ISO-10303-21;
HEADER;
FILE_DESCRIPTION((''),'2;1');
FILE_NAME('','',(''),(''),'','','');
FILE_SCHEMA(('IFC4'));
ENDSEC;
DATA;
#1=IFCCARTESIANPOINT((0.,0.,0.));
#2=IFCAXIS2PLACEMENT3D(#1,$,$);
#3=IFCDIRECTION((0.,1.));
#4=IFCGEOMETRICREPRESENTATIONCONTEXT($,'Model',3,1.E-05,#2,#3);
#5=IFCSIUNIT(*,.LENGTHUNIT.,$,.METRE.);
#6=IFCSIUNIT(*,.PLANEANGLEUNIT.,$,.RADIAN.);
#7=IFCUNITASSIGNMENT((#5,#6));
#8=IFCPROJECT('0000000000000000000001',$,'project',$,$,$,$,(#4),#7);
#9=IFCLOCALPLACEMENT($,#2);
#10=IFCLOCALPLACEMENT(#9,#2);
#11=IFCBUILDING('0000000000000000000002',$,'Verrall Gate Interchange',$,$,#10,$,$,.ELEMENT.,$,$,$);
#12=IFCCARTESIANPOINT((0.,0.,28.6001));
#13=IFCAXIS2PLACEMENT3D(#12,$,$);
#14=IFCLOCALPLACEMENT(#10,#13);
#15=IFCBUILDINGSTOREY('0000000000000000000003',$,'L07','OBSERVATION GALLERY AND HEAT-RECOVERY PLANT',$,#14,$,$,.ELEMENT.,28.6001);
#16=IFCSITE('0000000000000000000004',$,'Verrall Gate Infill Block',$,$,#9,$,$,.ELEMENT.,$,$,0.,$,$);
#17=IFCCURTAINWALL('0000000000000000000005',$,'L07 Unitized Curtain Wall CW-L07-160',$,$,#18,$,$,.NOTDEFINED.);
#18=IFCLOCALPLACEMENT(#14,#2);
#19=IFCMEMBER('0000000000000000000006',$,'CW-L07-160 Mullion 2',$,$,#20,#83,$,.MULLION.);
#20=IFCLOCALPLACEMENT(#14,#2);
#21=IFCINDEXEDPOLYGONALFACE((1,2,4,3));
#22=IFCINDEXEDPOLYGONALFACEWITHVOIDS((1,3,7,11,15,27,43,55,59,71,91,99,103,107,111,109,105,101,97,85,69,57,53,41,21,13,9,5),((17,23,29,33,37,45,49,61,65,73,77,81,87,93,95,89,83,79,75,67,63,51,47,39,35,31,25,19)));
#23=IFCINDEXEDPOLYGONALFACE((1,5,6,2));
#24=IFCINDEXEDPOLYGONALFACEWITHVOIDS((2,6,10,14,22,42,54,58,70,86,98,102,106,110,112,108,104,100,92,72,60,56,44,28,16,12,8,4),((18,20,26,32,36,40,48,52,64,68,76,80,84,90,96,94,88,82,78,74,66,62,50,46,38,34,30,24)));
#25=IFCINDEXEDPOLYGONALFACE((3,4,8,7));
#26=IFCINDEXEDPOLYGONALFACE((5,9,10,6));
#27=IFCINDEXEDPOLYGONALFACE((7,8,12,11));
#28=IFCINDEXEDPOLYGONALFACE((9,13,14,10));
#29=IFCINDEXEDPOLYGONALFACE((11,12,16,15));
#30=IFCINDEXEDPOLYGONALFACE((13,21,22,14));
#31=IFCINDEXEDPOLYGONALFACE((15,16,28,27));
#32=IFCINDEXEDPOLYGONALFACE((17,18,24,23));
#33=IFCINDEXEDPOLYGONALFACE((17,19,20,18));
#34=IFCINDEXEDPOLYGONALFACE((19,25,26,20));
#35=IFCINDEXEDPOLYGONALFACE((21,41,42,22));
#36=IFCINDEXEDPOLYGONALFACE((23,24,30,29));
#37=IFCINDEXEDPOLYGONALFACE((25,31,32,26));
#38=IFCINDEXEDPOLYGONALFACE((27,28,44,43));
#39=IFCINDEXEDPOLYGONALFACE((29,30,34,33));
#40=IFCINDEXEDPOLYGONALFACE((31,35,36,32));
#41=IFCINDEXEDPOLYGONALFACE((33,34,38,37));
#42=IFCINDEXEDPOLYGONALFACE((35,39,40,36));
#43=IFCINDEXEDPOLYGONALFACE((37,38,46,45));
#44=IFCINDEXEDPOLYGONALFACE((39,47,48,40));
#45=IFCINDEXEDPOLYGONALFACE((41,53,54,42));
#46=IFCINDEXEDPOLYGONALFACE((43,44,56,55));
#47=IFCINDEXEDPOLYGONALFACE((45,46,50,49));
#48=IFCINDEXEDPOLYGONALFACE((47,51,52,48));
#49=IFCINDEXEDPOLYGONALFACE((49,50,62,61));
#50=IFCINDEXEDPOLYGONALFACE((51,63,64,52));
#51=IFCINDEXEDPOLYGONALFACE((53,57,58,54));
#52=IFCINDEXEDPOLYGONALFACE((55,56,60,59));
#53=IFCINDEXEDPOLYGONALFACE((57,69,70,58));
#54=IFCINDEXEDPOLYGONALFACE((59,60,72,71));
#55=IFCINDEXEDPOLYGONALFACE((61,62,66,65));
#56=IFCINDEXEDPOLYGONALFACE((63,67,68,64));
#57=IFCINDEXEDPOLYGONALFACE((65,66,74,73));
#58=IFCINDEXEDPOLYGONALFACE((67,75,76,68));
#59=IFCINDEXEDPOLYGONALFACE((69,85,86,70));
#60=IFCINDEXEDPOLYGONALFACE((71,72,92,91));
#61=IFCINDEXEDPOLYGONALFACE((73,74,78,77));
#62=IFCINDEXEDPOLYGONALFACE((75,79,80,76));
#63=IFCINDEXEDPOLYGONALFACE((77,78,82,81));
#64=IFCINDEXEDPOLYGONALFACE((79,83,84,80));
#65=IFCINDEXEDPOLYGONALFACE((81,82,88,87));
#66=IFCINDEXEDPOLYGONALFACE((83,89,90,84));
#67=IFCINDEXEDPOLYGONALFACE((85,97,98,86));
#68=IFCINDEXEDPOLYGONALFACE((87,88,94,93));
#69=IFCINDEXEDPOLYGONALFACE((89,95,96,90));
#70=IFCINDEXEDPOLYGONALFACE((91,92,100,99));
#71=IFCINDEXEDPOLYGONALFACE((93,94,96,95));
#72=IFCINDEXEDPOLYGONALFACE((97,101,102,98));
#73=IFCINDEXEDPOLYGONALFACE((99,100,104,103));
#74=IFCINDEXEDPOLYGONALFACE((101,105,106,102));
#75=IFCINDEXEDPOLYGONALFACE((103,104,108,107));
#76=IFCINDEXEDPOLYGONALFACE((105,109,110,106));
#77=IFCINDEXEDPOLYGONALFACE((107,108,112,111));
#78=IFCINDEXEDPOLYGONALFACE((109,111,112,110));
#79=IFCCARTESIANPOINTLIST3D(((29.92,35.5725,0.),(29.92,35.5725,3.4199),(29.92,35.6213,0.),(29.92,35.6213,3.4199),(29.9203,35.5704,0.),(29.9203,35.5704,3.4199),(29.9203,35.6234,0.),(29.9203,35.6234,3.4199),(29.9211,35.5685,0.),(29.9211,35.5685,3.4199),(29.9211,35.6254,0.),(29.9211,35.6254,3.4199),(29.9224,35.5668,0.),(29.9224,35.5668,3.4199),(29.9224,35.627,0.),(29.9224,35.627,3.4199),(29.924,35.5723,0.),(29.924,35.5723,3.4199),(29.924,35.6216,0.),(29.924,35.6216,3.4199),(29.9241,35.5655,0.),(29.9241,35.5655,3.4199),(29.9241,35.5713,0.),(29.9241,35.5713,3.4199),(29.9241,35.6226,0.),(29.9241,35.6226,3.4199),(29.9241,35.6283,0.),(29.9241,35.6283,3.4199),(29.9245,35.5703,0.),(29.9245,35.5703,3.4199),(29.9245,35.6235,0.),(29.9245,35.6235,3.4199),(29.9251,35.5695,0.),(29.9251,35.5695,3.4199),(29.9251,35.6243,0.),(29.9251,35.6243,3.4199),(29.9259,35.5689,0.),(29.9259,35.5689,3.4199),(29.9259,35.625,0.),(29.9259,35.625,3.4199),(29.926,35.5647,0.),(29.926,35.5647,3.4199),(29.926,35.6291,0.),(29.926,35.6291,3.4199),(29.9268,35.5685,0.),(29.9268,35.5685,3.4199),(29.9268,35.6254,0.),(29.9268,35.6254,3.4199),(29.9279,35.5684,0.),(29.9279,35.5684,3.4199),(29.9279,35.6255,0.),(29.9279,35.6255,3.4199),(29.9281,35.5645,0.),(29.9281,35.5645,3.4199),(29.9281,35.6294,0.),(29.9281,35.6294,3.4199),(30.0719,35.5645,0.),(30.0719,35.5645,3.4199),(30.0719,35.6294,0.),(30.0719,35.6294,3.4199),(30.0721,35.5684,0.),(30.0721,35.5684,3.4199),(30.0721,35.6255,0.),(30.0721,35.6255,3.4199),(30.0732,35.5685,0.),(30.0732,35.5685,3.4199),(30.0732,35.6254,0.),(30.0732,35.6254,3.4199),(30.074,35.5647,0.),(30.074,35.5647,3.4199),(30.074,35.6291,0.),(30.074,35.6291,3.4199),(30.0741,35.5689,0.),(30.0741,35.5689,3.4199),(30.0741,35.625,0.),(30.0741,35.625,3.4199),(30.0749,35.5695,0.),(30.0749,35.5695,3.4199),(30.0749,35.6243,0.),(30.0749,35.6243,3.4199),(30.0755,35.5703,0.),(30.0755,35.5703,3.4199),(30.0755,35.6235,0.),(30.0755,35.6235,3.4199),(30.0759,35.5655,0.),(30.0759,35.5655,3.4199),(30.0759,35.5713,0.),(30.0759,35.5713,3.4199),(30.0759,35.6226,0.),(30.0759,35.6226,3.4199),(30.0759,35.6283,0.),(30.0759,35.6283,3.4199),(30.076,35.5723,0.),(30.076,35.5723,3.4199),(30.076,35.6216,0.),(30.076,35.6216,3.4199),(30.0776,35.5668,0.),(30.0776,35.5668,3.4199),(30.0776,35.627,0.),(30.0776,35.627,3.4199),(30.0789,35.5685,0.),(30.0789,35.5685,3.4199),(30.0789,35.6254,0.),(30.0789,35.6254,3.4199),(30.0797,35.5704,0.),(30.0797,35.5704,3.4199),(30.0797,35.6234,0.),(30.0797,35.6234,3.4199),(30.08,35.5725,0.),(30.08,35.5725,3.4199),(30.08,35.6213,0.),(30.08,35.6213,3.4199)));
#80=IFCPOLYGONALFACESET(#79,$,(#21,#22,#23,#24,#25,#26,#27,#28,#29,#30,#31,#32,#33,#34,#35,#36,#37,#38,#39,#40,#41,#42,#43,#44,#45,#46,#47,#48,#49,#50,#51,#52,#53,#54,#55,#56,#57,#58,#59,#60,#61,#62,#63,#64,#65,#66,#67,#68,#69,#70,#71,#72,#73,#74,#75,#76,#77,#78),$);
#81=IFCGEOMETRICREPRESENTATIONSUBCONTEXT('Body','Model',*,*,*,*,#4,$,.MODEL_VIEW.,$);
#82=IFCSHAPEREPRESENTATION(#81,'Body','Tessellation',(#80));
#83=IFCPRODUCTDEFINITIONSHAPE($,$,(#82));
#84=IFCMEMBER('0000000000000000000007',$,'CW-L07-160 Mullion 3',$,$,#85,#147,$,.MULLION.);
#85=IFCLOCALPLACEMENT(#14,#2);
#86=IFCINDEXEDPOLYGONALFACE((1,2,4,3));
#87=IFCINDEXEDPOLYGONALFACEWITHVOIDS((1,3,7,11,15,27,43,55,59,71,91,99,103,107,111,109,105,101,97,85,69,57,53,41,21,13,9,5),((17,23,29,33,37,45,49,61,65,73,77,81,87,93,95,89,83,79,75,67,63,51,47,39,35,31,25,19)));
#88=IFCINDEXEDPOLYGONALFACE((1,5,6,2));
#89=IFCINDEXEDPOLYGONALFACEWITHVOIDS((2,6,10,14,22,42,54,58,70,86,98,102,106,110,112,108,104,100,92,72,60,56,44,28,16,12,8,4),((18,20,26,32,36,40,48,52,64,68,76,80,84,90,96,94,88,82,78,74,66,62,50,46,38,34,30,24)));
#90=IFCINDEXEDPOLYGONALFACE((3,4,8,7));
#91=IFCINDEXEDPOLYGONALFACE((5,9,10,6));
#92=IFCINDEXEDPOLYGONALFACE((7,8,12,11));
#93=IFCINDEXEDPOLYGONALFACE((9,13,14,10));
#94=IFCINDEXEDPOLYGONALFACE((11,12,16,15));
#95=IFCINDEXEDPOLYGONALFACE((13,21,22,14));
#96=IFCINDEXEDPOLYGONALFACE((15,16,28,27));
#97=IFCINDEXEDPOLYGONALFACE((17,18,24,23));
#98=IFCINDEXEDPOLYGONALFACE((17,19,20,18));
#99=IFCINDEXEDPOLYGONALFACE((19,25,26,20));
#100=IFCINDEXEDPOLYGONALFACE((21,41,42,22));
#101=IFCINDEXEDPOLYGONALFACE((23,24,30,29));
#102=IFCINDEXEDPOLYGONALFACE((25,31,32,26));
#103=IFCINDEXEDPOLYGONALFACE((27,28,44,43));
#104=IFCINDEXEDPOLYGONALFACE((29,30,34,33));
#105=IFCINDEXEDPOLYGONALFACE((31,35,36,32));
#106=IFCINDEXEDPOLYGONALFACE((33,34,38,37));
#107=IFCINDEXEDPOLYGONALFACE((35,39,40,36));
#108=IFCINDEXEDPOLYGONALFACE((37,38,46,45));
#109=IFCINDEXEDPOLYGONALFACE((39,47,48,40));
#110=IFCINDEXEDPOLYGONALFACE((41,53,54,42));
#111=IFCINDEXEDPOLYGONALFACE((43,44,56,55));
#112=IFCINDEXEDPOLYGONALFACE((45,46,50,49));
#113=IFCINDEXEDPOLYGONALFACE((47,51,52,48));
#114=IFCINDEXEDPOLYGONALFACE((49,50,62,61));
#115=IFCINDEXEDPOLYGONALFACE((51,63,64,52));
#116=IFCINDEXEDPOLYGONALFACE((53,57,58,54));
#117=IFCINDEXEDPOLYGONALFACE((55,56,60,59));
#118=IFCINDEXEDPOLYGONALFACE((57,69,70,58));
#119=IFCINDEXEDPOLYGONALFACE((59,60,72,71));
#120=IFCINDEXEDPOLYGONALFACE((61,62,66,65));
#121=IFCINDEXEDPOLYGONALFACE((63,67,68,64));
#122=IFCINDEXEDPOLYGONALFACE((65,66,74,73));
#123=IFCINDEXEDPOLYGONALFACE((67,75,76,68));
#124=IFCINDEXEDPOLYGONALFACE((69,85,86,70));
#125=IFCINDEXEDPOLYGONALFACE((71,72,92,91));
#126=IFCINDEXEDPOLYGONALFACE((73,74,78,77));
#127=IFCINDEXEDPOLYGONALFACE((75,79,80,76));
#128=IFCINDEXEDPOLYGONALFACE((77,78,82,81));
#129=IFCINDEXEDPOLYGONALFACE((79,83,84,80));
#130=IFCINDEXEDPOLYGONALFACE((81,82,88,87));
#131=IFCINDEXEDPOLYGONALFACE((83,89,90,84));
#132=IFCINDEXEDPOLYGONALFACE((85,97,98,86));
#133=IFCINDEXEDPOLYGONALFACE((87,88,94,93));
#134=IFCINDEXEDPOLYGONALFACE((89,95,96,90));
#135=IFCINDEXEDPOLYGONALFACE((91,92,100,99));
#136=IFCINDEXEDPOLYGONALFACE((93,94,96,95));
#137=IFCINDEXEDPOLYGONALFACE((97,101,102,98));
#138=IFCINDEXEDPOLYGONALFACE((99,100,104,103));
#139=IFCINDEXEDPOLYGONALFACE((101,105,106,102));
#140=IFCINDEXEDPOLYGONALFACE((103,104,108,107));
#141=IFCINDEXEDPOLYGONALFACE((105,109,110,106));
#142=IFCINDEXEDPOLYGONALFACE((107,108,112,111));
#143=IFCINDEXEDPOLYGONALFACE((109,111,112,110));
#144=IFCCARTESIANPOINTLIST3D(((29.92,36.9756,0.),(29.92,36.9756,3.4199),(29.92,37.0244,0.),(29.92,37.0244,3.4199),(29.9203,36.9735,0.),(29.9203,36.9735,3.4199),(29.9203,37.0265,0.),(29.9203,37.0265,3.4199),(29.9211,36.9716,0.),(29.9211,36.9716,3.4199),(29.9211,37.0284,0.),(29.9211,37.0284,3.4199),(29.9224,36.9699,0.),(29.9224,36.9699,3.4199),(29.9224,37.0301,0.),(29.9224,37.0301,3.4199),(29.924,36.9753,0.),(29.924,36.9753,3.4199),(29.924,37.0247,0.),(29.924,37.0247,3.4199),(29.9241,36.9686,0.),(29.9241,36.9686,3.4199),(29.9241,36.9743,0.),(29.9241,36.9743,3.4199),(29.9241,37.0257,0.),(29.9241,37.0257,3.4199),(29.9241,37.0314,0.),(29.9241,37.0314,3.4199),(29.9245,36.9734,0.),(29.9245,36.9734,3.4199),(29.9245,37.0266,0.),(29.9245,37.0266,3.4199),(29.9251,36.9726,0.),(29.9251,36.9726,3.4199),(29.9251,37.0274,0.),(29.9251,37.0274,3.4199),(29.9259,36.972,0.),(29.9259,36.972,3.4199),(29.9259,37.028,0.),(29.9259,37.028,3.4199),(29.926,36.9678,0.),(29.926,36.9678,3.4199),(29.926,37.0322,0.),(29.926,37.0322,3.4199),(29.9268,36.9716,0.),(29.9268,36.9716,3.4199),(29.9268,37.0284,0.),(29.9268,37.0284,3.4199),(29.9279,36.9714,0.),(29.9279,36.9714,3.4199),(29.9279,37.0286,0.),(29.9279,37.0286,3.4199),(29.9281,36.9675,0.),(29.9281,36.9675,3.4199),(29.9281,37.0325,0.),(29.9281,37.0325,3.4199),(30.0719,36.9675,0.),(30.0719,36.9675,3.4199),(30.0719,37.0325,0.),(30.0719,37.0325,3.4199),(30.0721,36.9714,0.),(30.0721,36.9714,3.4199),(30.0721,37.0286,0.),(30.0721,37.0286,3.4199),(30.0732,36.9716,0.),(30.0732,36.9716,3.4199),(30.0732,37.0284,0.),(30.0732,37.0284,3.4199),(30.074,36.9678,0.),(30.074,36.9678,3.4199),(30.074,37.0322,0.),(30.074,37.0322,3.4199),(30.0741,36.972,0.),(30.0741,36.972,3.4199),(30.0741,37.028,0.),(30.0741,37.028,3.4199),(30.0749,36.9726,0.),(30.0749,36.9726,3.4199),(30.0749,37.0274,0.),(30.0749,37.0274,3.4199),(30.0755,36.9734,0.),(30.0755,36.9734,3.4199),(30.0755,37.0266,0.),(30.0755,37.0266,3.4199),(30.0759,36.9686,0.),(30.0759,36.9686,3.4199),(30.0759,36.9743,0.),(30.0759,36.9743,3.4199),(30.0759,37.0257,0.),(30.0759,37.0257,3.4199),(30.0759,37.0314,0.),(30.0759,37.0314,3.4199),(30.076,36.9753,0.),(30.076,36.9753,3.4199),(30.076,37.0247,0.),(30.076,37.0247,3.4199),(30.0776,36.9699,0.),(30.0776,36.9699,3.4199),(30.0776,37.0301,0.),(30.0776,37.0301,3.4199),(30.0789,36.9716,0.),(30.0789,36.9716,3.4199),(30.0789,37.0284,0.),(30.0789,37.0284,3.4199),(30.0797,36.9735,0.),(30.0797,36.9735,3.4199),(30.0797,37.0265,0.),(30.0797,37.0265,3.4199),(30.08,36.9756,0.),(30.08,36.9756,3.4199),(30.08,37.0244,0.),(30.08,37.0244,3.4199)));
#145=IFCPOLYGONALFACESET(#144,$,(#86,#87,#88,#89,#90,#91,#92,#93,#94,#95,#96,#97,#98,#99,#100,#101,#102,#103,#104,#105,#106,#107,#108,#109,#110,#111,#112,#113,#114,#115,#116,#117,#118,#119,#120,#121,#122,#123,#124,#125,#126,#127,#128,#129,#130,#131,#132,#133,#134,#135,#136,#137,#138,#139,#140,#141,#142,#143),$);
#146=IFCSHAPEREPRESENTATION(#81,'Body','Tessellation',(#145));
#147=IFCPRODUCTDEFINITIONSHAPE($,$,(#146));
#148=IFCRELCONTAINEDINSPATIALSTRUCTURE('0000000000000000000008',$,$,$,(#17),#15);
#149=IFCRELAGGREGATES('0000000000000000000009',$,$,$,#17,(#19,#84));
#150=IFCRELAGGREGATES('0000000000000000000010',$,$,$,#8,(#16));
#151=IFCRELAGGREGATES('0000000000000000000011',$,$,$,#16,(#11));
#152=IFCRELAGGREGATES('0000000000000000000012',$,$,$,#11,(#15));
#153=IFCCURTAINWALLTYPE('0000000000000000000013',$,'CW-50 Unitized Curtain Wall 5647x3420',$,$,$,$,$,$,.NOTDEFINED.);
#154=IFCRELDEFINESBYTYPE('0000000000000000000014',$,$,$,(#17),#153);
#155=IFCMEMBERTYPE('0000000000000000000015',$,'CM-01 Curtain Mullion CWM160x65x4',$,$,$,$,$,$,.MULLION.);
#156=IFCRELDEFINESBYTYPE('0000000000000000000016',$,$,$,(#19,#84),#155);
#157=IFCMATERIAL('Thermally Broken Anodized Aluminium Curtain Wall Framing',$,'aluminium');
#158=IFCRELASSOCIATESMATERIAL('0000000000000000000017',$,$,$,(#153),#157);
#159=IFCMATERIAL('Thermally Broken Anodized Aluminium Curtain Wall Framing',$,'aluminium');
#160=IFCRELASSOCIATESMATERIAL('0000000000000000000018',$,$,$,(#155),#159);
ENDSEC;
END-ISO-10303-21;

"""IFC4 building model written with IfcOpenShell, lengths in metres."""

from ifc_helpers import new_model, si_unit, direction, frame, origin, origin_2d, place, context, subcontext, project, spatial, hollow_rectangle, extrude, material, material_profile, profile_set, type_object, element, aggregate, save


model = new_model("IFC4")

# Units and contexts
model_context = context("Model", 3, precision=1e-05, world=origin(), true_north=direction((0.0, 1.0)))
body_context = subcontext(model_context, "Body", "Model", "MODEL_VIEW")
ifc_project = project(units=[si_unit("LENGTHUNIT", "METRE"), si_unit("PLANEANGLEUNIT", "RADIAN")], contexts=[model_context])

# Site, building, storey
site_placement = place(None, origin())
site = spatial("IfcSite", under=ifc_project, at=site_placement, Name="Verrall Gate Infill Block", CompositionType="ELEMENT", RefElevation=0.0)
building_placement = place(site_placement, origin())
building = spatial("IfcBuilding", under=site, at=building_placement, Name="Verrall Gate Interchange", CompositionType="ELEMENT")
storey_placement = place(building_placement, frame((0.0, 0.0, 28.6001)))
storey = spatial("IfcBuildingStorey", under=building, at=storey_placement, Name="L07", Description="OBSERVATION GALLERY AND HEAT-RECOVERY PLANT", CompositionType="ELEMENT", Elevation=28.6001)

# Curtain wall, members
ifc_material_1 = material(Name="Thermally Broken Anodized Aluminium Curtain Wall Framing", Category="aluminium")
curtain_wall_type = type_object("IfcCurtainWallType", Name="CW-50 Unitized Curtain Wall 5647x3420", PredefinedType="NOTDEFINED", material=ifc_material_1)
curtain_wall_1_placement = place(storey_placement, origin())
curtain_wall_1 = element("IfcCurtainWall", 1, at=curtain_wall_1_placement, inside=storey, type_object=curtain_wall_type, Name="L07 Unitized Curtain Wall CW-L07-160", PredefinedType="NOTDEFINED")
ifc_material_2 = material(Name="Thermally Broken Anodized Aluminium Curtain Wall Framing", Category="aluminium")
ifc_material_profile_1 = material_profile(ifc_material_2, hollow_rectangle(XDim=0.0649, YDim=0.1599, WallThickness=0.0039, InnerFilletRadius=0.0039, OuterFilletRadius=0.0081, at=origin_2d()), Name="CWM160x65x4")
ifc_profile_set_1 = profile_set([ifc_material_profile_1], Name="Thermally Broken Anodized Aluminium Curtain Wall Framing")
member_type_1 = type_object("IfcMemberType", Name="CM-01 Curtain Mullion CWM160x65x4", PredefinedType="MULLION", material=ifc_profile_set_1)
member_1_placement = place(storey_placement, frame((30.0, 35.5969, 0.0), z_axis=(0.0, 0.0, 1.0), x_axis=(0.0, 1.0, 0.0)))
member_1 = element("IfcMember", 2, at=member_1_placement, type_object=member_type_1, Name="CW-L07-160 Mullion 2", PredefinedType="MULLION", context=body_context, shape_type="SweptSolid", body=[
    extrude(hollow_rectangle(XDim=0.0649, YDim=0.1599, WallThickness=0.0039, InnerFilletRadius=0.0039, OuterFilletRadius=0.0081, at=origin_2d()), origin(), (0.0, 0.0, 1.0), 3.4199),
])
member_2_placement = place(storey_placement, frame((30.0, 37.0, 0.0), z_axis=(0.0, 0.0, 1.0), x_axis=(0.0, 1.0, 0.0)))
member_2 = element("IfcMember", 3, at=member_2_placement, type_object=member_type_1, Name="CW-L07-160 Mullion 3", PredefinedType="MULLION", context=body_context, shape_type="SweptSolid", body=[
    extrude(hollow_rectangle(XDim=0.0649, YDim=0.1599, WallThickness=0.0039, InnerFilletRadius=0.0039, OuterFilletRadius=0.0081, at=origin_2d()), origin(), (0.0, 0.0, 1.0), 3.4199),
])

aggregate(curtain_wall_1, [member_1, member_2])

save(model, "model.ifc")
